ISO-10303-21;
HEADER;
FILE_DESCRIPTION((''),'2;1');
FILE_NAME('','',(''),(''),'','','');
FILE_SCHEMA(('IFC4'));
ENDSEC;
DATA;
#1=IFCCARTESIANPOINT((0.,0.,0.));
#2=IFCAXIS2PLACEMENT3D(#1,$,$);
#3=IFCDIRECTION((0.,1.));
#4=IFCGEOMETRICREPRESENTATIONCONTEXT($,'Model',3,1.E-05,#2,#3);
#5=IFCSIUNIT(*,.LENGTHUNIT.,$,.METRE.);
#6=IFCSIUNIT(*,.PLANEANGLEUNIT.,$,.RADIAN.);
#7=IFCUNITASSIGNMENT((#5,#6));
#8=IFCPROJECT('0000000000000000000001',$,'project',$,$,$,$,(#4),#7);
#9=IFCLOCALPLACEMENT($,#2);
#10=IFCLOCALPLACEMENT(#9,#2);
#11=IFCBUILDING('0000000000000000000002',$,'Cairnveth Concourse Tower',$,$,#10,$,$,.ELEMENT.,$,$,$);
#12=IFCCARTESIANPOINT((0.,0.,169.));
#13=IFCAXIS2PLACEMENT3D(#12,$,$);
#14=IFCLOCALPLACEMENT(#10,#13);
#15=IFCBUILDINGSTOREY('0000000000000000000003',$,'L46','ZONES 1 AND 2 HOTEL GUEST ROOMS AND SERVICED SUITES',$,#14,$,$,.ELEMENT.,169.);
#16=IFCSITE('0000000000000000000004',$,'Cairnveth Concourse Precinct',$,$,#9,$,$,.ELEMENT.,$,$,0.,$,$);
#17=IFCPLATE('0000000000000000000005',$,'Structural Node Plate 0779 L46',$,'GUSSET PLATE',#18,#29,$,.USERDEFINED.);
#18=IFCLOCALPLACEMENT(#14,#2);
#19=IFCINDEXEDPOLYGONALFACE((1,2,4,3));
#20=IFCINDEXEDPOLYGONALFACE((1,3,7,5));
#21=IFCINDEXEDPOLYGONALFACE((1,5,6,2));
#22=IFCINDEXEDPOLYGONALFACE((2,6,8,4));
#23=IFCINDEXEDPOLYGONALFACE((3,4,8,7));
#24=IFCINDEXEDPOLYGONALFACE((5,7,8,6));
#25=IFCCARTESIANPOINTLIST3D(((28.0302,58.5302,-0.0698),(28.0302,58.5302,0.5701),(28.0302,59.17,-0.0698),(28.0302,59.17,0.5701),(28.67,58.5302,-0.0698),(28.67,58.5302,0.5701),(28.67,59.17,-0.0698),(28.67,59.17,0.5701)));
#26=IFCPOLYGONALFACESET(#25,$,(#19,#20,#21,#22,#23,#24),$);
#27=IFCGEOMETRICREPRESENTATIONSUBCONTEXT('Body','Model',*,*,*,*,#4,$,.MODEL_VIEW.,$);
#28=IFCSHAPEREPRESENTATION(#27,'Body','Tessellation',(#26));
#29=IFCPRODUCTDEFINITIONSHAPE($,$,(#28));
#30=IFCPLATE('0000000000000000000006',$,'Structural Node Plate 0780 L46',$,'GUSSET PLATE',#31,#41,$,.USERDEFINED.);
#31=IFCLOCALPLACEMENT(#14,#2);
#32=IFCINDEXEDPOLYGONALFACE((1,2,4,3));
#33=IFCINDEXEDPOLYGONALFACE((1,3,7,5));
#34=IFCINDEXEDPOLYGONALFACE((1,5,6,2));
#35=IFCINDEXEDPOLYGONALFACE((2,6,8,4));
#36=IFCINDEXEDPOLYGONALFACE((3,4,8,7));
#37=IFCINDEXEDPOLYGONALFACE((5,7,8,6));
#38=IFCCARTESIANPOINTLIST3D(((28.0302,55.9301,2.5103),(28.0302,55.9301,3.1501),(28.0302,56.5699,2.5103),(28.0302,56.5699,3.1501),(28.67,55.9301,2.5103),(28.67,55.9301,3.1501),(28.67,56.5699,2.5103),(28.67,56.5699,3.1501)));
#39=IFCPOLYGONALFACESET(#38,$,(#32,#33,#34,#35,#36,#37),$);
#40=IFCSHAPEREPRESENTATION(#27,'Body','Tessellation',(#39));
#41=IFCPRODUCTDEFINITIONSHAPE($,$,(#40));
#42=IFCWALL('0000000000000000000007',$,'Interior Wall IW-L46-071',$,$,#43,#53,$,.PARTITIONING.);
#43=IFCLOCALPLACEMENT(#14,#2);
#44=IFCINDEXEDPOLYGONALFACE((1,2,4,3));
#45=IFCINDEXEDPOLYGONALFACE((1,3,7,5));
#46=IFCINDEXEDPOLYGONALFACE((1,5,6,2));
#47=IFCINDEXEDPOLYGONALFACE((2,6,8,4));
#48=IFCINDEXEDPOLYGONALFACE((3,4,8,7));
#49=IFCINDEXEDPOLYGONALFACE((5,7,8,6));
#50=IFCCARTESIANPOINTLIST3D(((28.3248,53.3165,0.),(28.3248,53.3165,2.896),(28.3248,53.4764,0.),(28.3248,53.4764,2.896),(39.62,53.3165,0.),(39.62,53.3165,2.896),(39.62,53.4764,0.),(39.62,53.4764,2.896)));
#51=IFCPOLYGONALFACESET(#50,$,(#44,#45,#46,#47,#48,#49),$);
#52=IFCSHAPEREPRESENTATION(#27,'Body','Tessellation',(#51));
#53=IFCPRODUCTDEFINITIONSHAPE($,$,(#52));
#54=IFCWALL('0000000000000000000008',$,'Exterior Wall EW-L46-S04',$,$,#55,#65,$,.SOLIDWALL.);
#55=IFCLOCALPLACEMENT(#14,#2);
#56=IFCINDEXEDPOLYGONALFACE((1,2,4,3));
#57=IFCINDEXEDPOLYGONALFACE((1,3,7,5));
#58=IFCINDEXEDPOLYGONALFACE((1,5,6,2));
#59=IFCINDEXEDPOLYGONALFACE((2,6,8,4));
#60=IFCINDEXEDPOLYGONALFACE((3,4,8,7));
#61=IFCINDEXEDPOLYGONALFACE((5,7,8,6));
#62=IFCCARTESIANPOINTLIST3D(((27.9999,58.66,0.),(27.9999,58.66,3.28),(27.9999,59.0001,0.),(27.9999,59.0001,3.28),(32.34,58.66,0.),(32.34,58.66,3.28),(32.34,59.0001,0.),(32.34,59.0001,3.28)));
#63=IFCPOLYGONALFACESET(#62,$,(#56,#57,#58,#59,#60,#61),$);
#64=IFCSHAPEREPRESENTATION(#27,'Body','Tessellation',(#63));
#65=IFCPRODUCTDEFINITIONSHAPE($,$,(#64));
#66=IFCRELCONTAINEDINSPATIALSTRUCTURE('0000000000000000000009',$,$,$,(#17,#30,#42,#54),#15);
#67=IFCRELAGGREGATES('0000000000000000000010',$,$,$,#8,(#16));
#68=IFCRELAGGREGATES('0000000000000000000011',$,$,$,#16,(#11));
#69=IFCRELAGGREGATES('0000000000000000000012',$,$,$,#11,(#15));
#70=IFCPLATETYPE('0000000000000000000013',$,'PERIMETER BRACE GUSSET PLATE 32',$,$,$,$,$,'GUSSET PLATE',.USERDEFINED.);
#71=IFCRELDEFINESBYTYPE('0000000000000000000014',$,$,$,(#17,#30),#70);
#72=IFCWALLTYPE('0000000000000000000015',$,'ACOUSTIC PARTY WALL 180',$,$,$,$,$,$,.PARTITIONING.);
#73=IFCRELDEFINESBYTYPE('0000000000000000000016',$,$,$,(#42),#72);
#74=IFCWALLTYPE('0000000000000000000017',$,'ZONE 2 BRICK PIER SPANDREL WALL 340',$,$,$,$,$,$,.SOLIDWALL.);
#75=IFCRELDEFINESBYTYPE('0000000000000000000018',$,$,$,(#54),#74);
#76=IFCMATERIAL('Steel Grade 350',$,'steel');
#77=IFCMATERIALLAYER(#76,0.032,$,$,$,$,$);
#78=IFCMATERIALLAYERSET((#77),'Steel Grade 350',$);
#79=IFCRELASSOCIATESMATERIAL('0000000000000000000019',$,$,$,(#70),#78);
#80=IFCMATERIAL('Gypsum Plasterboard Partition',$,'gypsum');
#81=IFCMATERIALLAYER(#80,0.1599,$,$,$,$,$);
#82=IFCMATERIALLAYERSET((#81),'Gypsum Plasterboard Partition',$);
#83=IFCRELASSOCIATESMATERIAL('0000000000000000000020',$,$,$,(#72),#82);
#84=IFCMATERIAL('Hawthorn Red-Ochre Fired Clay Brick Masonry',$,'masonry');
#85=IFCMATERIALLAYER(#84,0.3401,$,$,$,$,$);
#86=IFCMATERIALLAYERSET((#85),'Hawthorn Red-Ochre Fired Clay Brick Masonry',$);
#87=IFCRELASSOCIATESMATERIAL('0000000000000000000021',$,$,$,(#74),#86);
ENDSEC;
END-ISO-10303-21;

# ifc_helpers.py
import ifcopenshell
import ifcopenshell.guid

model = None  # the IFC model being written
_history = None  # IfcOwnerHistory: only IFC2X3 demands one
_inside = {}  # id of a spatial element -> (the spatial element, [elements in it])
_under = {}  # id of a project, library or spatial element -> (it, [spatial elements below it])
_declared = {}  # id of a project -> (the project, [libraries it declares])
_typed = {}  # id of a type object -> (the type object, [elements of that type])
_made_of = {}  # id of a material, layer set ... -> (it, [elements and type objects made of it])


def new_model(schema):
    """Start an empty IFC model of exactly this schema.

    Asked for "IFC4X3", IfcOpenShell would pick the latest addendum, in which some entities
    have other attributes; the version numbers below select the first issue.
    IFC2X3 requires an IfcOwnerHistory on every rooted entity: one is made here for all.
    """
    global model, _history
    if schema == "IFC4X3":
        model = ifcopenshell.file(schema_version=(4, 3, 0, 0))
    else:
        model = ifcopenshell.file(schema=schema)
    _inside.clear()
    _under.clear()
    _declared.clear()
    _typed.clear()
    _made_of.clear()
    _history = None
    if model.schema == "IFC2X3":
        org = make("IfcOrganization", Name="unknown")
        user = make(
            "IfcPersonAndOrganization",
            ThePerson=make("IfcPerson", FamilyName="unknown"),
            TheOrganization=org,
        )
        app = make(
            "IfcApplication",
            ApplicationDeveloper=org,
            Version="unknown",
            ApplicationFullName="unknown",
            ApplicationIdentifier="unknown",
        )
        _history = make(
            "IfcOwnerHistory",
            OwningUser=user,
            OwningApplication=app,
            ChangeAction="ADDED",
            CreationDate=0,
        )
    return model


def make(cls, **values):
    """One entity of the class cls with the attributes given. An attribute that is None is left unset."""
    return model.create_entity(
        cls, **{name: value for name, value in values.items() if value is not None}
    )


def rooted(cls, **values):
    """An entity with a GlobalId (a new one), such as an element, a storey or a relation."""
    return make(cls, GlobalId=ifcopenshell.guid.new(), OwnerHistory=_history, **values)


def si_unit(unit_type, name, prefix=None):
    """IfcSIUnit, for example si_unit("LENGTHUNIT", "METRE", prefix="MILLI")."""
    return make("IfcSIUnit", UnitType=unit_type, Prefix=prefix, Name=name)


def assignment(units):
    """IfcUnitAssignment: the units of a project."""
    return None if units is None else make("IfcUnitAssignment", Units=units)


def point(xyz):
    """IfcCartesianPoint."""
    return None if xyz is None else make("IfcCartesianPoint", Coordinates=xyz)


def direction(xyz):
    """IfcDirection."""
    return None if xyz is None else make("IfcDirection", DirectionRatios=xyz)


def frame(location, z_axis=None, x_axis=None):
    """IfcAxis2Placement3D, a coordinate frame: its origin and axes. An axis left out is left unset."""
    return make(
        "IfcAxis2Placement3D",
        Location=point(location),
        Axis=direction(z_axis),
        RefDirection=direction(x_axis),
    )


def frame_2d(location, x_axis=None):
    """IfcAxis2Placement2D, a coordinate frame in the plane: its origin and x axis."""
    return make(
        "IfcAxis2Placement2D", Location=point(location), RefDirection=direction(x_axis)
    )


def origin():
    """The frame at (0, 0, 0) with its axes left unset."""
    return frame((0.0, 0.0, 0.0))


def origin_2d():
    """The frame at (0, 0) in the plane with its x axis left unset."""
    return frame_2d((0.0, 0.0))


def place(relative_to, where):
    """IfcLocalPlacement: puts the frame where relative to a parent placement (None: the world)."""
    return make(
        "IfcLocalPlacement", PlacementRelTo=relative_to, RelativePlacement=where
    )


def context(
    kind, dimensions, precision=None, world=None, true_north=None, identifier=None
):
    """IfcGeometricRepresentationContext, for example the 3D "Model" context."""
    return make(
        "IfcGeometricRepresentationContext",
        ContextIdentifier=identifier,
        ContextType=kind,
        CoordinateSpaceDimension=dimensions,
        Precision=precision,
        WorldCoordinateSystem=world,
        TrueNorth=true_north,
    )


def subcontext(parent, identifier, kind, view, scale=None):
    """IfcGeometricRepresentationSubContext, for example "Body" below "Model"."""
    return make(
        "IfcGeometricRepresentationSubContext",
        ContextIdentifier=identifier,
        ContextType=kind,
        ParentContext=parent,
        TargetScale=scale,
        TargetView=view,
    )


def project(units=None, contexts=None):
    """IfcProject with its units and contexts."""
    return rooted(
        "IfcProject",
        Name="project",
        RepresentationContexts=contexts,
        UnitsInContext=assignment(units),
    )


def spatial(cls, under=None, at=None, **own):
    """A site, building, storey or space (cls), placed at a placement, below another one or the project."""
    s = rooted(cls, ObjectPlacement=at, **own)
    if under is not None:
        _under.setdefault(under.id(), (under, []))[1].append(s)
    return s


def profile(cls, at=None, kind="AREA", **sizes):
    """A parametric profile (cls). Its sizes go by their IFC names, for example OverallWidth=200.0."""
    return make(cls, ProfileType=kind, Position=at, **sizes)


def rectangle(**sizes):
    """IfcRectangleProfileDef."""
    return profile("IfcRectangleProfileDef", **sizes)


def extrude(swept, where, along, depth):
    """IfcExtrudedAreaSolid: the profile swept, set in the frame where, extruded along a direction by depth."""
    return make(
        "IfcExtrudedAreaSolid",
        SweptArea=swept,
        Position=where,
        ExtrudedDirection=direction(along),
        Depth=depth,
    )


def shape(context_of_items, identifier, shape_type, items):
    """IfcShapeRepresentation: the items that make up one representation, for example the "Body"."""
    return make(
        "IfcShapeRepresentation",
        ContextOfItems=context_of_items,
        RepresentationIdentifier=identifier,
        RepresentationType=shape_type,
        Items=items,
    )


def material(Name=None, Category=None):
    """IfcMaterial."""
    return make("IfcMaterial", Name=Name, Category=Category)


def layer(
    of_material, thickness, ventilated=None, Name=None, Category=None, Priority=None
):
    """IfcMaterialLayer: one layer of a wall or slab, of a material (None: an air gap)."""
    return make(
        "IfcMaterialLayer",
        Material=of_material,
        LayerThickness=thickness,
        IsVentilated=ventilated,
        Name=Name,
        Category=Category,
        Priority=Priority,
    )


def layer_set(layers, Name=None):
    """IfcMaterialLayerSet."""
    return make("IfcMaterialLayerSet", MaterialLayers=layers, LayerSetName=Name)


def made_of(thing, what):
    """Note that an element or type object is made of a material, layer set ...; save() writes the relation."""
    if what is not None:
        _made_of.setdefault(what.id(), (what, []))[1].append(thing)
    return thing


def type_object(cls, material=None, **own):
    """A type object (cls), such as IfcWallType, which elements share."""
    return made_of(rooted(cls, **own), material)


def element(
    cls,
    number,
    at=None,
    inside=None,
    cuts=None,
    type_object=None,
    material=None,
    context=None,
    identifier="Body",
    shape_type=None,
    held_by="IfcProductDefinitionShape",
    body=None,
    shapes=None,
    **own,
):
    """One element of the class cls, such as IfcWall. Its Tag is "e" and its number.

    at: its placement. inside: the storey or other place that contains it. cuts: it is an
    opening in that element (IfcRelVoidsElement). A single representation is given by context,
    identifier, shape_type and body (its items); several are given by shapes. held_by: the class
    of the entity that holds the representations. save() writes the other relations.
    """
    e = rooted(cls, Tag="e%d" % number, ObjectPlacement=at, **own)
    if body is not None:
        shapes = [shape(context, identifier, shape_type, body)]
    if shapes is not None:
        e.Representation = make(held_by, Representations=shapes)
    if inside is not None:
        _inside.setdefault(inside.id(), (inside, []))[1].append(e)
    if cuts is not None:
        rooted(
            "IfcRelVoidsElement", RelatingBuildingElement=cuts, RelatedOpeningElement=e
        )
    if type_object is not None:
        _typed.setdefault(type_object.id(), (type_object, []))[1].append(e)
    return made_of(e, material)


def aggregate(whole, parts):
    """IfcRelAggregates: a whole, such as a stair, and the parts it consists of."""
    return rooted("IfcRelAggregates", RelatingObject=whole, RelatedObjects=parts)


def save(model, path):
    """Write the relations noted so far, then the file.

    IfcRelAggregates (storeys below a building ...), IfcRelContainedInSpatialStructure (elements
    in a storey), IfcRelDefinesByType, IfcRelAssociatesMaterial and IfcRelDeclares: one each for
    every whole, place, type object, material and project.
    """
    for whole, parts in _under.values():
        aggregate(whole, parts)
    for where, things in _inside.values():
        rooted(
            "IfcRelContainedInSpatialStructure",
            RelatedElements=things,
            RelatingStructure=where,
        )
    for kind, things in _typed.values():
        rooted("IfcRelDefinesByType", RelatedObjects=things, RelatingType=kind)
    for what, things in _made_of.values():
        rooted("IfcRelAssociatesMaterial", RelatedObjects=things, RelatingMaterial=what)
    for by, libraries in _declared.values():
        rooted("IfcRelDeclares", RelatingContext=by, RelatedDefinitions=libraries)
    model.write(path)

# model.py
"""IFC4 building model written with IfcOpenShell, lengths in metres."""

from ifc_helpers import new_model, si_unit, direction, frame, frame_2d, origin, origin_2d, place, context, subcontext, project, spatial, rectangle, extrude, material, layer, layer_set, type_object, element, save


model = new_model("IFC4")

# Units and contexts
model_context = context("Model", 3, precision=1e-05, world=origin(), true_north=direction((0.0, 1.0)))
body_context = subcontext(model_context, "Body", "Model", "MODEL_VIEW")
ifc_project = project(units=[si_unit("LENGTHUNIT", "METRE"), si_unit("PLANEANGLEUNIT", "RADIAN")], contexts=[model_context])

# Site, building, storey
site_placement = place(None, origin())
site = spatial("IfcSite", under=ifc_project, at=site_placement, Name="Cairnveth Concourse Precinct", CompositionType="ELEMENT", RefElevation=0.0)
building_placement = place(site_placement, origin())
building = spatial("IfcBuilding", under=site, at=building_placement, Name="Cairnveth Concourse Tower", CompositionType="ELEMENT")
storey_placement = place(building_placement, frame((0.0, 0.0, 169.0)))
storey = spatial("IfcBuildingStorey", under=building, at=storey_placement, Name="L46", Description="ZONES 1 AND 2 HOTEL GUEST ROOMS AND SERVICED SUITES", CompositionType="ELEMENT", Elevation=169.0)

# Shared definitions
ifc_material_1 = material(Name="Steel Grade 350", Category="steel")

# Plates
ifc_layer_1 = layer(ifc_material_1, 0.032)
ifc_layer_set_1 = layer_set([ifc_layer_1], Name="Steel Grade 350")
plate_type = type_object("IfcPlateType", Name="PERIMETER BRACE GUSSET PLATE 32", ElementType="GUSSET PLATE", PredefinedType="USERDEFINED", material=ifc_layer_set_1)
for number, where, z_axis, x_axis, name in (
    (1, (28.3501, 58.8501, -0.0698), (0.0, 0.0, 1.0), (1.0, 0.0, 0.0), "Structural Node Plate 0779 L46"),
    (2, (28.3501, 56.25, 2.5103), (0.0, 0.0, 1.0), (1.0, 0.0, 0.0), "Structural Node Plate 0780 L46"),
):
    element("IfcPlate", number, at=place(storey_placement, frame(where, z_axis=z_axis, x_axis=x_axis)), inside=storey, type_object=plate_type, Name=name, ObjectType="GUSSET PLATE", PredefinedType="USERDEFINED", context=body_context, shape_type="SweptSolid", body=[
        extrude(rectangle(XDim=0.6399, YDim=0.6399, at=origin_2d()), origin(), (0.0, 0.0, 1.0), 0.6399),
    ])

# Walls
ifc_material_2 = material(Name="Gypsum Plasterboard Partition", Category="gypsum")
ifc_layer_2 = layer(ifc_material_2, 0.1599)
ifc_layer_set_2 = layer_set([ifc_layer_2], Name="Gypsum Plasterboard Partition")
wall_type_1 = type_object("IfcWallType", Name="ACOUSTIC PARTY WALL 180", PredefinedType="PARTITIONING", material=ifc_layer_set_2)
wall_1_placement = place(storey_placement, frame((28.325, 53.3965, 0.0), z_axis=(0.0, 0.0, 1.0), x_axis=(1.0, 0.0, 0.0)))
element("IfcWall", 3, at=wall_1_placement, inside=storey, type_object=wall_type_1, Name="Interior Wall IW-L46-071", PredefinedType="PARTITIONING", context=body_context, shape_type="SweptSolid", body=[
    extrude(rectangle(XDim=11.2952, YDim=0.1599, at=frame_2d((5.6475, 0.0))), origin(), (0.0, 0.0, 1.0), 2.896),
])
ifc_material_3 = material(Name="Hawthorn Red-Ochre Fired Clay Brick Masonry", Category="masonry")
ifc_layer_3 = layer(ifc_material_3, 0.3401)
ifc_layer_set_3 = layer_set([ifc_layer_3], Name="Hawthorn Red-Ochre Fired Clay Brick Masonry")
wall_type_2 = type_object("IfcWallType", Name="ZONE 2 BRICK PIER SPANDREL WALL 340", PredefinedType="SOLIDWALL", material=ifc_layer_set_3)
wall_2_placement = place(storey_placement, frame((28.0, 58.8301, 0.0), z_axis=(0.0, 0.0, 1.0), x_axis=(1.0, 0.0, 0.0)))
element("IfcWall", 4, at=wall_2_placement, inside=storey, type_object=wall_type_2, Name="Exterior Wall EW-L46-S04", PredefinedType="SOLIDWALL", context=body_context, shape_type="SweptSolid", body=[
    extrude(rectangle(XDim=4.3401, YDim=0.3401, at=frame_2d((2.1699, 0.0))), origin(), (0.0, 0.0, 1.0), 3.28),
])

save(model, "model.ifc")
